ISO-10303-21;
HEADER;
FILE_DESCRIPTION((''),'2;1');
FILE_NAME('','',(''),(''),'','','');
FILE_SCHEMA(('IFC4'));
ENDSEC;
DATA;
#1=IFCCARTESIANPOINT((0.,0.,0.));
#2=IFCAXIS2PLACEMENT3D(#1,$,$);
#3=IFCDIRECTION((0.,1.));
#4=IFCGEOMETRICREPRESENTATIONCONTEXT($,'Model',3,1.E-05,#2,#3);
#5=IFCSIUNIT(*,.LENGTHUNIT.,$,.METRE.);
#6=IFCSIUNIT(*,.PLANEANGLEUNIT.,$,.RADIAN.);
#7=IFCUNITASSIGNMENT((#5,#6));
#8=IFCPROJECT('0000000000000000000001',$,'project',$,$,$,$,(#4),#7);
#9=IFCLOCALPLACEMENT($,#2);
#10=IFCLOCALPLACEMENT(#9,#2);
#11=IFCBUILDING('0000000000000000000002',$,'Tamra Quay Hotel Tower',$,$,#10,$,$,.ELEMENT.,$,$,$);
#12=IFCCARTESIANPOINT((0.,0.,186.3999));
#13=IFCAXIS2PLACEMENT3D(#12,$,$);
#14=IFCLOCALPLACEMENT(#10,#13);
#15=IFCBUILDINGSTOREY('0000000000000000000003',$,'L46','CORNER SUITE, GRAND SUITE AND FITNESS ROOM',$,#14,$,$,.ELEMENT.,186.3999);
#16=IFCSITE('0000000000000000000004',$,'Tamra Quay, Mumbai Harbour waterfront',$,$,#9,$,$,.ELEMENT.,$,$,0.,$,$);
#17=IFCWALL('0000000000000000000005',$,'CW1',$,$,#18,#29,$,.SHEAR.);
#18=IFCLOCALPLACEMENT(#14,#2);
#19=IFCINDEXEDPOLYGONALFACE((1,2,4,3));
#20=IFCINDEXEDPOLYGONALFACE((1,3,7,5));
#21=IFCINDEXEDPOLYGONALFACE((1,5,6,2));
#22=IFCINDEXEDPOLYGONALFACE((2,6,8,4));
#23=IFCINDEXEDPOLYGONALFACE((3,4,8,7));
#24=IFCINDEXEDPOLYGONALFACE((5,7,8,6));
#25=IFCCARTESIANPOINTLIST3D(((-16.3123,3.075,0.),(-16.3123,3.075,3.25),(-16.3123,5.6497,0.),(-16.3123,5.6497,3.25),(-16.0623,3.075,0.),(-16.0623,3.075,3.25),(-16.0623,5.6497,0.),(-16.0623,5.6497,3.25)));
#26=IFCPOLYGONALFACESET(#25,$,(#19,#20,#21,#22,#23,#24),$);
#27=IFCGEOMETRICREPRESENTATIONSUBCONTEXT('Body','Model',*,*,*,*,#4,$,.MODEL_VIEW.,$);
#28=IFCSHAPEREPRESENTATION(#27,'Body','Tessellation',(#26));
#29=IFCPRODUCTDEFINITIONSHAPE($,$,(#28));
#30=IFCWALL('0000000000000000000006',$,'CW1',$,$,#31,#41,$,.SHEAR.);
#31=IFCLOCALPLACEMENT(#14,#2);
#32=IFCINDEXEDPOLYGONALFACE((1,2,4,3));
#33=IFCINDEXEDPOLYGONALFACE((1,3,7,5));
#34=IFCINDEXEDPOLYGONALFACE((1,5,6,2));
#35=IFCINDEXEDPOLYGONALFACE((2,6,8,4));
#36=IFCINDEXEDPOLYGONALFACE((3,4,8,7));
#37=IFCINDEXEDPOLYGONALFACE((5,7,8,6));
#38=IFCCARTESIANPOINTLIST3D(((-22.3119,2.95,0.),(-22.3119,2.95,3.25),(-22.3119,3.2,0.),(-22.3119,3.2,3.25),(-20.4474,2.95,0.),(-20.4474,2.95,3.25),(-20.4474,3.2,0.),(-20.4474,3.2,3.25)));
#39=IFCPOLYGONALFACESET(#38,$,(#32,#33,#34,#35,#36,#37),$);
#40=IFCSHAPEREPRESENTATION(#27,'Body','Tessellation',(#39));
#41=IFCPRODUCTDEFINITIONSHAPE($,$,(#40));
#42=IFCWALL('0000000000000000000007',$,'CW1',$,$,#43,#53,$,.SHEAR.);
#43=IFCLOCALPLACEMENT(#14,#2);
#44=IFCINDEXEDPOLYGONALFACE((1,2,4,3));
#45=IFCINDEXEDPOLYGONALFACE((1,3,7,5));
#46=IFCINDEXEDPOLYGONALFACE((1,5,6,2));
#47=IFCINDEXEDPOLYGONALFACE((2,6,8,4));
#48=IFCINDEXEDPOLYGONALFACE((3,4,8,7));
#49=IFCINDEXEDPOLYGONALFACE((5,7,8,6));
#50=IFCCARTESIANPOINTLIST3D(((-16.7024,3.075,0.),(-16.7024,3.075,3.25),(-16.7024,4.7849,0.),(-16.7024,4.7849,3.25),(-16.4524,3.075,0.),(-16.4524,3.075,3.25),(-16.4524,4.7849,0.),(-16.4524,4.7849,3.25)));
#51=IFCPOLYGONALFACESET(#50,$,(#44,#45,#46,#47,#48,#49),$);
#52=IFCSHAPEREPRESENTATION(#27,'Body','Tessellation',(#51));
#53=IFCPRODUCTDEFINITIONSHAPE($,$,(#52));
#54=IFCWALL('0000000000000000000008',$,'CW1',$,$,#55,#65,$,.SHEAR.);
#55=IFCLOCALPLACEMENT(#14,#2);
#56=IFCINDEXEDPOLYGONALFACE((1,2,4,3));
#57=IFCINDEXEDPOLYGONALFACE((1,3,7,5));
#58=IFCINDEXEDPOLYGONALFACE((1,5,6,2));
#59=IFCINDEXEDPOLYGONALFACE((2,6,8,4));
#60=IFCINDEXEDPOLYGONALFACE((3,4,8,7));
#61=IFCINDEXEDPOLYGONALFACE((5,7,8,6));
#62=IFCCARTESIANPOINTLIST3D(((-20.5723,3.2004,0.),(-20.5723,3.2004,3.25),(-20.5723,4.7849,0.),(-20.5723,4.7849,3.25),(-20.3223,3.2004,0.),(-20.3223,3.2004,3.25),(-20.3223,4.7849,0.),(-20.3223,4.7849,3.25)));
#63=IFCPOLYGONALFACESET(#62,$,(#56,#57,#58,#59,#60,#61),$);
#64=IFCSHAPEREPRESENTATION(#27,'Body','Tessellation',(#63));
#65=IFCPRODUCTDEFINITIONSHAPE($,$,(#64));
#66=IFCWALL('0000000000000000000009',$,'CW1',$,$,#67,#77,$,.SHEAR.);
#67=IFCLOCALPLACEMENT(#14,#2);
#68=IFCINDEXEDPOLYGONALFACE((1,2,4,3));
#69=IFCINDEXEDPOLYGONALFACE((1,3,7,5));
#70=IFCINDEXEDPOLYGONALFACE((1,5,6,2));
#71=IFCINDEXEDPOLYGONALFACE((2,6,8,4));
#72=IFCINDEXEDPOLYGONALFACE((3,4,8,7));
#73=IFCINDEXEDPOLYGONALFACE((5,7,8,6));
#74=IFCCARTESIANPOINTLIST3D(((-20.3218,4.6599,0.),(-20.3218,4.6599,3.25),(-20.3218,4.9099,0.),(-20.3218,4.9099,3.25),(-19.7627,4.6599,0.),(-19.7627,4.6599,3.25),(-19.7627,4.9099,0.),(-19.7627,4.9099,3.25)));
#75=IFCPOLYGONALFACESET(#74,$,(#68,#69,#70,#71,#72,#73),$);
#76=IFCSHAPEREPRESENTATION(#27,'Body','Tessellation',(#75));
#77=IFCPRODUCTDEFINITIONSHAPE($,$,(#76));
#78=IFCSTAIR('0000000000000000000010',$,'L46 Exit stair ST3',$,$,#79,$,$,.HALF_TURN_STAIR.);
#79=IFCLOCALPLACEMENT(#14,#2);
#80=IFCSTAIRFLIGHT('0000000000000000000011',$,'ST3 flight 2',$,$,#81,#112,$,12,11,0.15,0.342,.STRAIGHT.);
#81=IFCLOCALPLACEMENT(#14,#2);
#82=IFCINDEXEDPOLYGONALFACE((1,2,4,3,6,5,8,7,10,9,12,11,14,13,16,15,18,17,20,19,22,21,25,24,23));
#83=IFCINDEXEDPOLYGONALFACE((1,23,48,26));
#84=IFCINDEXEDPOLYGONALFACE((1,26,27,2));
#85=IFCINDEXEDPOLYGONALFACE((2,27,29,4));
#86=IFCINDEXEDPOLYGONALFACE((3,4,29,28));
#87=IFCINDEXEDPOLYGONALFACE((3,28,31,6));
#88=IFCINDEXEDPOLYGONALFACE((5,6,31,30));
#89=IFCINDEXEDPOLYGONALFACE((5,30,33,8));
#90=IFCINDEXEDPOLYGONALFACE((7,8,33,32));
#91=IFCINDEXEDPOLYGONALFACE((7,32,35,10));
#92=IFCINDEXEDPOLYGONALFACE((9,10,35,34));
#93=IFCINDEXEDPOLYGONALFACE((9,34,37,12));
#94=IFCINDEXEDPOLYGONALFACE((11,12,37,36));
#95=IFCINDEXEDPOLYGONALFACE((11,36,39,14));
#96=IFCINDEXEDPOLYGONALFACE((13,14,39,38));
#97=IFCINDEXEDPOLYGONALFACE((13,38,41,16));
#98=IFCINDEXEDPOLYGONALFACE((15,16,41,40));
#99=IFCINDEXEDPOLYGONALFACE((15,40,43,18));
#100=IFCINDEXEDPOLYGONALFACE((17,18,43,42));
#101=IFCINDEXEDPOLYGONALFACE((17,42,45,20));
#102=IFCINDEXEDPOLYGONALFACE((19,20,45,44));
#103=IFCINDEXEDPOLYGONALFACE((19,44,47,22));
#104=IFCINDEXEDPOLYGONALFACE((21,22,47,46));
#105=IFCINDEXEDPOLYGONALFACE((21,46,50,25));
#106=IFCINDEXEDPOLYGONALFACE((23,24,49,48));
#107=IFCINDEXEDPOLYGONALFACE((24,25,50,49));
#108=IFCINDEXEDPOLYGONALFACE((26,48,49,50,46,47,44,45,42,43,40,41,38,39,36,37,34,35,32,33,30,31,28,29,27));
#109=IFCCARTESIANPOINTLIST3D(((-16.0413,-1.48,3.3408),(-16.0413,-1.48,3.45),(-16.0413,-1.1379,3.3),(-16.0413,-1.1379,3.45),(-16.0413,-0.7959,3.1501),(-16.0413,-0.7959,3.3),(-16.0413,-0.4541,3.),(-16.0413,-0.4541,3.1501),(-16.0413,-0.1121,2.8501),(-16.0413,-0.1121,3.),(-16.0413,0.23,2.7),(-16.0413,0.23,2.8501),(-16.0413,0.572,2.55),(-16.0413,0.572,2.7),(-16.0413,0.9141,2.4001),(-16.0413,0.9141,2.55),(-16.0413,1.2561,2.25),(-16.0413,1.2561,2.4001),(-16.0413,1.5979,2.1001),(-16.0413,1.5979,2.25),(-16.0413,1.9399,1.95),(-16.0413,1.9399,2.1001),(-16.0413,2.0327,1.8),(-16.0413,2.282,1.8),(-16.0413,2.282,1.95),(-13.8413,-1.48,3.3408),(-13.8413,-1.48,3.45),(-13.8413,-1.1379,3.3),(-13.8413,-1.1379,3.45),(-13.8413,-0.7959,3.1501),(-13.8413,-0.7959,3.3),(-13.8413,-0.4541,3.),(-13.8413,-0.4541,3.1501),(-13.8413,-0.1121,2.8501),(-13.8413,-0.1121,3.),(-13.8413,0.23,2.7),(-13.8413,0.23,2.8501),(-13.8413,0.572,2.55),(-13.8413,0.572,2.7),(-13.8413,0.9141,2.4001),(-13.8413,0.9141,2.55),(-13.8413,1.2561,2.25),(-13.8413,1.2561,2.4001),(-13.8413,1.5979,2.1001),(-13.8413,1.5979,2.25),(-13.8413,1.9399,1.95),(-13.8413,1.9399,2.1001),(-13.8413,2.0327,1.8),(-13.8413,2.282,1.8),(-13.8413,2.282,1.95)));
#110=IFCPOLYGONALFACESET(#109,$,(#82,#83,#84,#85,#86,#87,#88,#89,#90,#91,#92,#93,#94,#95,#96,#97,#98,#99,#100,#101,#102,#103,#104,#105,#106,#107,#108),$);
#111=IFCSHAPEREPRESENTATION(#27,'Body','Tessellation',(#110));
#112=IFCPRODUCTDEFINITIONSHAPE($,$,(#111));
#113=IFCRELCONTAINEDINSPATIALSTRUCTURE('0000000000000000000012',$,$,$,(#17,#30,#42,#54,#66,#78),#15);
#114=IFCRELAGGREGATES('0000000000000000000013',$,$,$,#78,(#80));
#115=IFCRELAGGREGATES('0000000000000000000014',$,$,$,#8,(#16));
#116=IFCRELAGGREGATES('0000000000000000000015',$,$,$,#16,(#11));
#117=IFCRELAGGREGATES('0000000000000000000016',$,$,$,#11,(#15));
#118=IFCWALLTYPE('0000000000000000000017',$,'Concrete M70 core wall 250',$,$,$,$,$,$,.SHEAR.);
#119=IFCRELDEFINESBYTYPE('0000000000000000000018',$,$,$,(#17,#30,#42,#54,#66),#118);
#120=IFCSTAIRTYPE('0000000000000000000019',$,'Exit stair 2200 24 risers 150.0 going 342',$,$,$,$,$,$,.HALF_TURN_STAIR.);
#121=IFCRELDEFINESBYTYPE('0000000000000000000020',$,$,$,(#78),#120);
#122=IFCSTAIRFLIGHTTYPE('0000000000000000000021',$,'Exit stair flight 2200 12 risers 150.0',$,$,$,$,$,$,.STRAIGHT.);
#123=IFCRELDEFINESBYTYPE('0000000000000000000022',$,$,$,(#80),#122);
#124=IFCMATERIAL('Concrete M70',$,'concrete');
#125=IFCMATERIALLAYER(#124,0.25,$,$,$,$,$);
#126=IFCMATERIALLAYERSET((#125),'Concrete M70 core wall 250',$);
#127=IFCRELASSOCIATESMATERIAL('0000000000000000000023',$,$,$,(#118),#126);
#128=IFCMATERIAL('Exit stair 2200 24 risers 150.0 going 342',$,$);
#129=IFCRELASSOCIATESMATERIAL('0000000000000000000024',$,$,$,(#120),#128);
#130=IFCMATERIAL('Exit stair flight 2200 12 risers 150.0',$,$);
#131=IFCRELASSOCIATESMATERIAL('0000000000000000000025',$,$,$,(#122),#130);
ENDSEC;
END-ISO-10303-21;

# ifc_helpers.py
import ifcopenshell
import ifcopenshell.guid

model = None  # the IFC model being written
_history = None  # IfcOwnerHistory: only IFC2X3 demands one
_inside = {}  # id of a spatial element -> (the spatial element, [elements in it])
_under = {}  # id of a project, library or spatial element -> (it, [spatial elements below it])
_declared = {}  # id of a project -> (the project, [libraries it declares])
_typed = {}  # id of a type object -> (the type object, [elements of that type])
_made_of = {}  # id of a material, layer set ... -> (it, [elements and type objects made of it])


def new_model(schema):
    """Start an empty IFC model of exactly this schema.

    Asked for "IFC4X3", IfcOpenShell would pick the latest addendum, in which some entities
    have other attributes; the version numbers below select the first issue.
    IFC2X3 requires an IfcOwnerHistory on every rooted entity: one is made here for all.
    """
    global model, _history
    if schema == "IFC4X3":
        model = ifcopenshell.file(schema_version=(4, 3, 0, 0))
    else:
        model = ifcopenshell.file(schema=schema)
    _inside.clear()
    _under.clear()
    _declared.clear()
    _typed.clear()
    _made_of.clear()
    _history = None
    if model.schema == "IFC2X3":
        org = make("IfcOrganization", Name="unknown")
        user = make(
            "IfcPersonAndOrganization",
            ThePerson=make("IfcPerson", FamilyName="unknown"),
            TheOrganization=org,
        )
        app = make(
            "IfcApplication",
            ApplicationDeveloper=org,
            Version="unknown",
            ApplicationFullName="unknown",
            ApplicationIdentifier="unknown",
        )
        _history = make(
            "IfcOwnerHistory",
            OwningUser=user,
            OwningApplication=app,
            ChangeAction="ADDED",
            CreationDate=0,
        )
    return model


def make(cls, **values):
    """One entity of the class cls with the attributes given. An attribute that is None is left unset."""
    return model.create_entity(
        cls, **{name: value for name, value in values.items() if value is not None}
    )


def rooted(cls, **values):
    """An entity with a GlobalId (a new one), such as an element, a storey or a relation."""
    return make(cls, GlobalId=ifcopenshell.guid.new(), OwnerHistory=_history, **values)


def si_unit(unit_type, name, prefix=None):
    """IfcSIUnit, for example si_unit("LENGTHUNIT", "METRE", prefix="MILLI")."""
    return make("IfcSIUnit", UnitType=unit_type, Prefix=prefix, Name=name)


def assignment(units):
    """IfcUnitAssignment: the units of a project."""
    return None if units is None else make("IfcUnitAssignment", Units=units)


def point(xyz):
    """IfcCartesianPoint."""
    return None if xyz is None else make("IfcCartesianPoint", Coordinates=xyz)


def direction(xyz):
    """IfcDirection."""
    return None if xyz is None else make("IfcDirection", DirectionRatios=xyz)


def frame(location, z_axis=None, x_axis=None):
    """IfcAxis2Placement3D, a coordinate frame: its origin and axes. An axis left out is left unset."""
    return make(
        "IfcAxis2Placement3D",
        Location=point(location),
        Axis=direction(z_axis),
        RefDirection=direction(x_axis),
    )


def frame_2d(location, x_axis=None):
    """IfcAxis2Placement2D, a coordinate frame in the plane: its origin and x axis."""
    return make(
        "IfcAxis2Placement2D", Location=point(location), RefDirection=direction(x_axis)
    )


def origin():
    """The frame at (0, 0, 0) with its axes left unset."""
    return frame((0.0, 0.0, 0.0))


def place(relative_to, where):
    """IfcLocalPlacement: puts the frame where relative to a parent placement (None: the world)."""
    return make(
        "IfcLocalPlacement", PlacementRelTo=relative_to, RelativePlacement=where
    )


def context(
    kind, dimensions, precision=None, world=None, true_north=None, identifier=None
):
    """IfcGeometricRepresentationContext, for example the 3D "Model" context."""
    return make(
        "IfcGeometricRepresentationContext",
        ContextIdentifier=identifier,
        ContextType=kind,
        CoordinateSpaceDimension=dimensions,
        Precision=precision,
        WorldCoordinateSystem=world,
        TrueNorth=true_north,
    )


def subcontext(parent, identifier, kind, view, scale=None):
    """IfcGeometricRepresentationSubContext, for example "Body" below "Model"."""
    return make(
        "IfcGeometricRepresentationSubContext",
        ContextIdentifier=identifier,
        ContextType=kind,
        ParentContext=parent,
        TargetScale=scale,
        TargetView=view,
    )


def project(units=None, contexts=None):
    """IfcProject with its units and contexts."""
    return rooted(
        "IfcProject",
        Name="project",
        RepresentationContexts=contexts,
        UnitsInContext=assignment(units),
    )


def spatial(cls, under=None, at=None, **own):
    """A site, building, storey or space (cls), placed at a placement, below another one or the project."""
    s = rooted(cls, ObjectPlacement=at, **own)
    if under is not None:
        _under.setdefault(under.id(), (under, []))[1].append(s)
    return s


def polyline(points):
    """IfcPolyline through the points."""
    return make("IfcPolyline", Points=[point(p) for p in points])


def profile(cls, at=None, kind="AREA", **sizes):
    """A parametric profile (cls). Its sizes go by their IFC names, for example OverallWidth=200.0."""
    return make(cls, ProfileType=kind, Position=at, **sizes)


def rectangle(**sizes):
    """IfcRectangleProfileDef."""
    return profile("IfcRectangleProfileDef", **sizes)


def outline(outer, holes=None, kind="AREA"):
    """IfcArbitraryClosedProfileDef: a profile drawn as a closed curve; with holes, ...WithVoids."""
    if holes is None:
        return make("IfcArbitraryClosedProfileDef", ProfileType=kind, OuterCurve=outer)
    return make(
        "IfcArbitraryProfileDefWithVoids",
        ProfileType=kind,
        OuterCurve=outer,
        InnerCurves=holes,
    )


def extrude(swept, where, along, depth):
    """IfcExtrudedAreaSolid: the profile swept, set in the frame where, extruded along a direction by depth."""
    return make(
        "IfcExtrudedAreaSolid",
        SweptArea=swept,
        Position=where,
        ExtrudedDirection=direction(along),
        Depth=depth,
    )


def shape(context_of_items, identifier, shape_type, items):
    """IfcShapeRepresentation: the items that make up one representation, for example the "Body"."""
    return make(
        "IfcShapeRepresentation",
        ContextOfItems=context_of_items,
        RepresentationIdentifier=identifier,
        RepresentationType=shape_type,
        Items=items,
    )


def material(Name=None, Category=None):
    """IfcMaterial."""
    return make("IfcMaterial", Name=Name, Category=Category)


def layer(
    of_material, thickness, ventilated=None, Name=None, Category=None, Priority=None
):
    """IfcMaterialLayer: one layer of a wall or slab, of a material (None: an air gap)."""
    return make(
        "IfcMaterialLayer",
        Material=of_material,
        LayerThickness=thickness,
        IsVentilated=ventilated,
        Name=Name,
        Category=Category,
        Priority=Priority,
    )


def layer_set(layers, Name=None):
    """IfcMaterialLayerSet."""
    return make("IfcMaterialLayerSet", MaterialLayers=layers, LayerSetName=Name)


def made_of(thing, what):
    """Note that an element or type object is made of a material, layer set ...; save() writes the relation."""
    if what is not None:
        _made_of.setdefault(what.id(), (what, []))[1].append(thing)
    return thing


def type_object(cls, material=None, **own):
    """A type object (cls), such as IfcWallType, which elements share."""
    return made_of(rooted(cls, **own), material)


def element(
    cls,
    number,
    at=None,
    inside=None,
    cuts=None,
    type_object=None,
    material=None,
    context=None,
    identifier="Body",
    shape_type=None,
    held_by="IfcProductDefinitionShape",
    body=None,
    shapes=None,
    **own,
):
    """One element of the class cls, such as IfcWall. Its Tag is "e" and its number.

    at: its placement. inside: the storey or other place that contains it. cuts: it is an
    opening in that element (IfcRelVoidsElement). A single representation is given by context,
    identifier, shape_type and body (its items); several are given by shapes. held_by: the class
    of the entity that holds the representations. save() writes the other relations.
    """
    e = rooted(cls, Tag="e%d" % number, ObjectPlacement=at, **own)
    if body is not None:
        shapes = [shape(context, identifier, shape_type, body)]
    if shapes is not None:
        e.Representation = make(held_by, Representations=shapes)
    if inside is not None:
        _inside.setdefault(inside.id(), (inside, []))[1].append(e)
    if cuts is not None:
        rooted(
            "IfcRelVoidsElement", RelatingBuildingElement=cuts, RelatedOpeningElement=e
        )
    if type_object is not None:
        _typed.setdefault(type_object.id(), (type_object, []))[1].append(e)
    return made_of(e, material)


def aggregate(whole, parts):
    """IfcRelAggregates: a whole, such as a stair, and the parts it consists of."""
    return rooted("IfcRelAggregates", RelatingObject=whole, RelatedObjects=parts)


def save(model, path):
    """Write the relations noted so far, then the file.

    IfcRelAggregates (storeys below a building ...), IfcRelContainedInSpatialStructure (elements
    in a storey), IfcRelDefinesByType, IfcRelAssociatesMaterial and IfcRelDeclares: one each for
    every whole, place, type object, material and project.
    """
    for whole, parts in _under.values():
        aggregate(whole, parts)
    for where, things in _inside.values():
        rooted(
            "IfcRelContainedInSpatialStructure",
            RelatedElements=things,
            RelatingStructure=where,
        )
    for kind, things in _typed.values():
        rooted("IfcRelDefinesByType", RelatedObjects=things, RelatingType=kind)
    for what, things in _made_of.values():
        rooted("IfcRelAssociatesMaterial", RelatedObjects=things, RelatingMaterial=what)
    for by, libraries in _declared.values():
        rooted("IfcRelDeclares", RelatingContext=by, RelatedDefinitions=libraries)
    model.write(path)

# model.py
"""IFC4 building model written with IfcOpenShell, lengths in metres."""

from ifc_helpers import new_model, si_unit, direction, frame, frame_2d, origin, place, context, subcontext, project, spatial, polyline, rectangle, outline, extrude, material, layer, layer_set, type_object, element, aggregate, save


model = new_model("IFC4")

# Units and contexts
model_context = context("Model", 3, precision=1e-05, world=origin(), true_north=direction((0.0, 1.0)))
body_context = subcontext(model_context, "Body", "Model", "MODEL_VIEW")
ifc_project = project(units=[si_unit("LENGTHUNIT", "METRE"), si_unit("PLANEANGLEUNIT", "RADIAN")], contexts=[model_context])

# Site, building, storey
site_placement = place(None, origin())
site = spatial("IfcSite", under=ifc_project, at=site_placement, Name="Tamra Quay, Mumbai Harbour waterfront", CompositionType="ELEMENT", RefElevation=0.0)
building_placement = place(site_placement, origin())
building = spatial("IfcBuilding", under=site, at=building_placement, Name="Tamra Quay Hotel Tower", CompositionType="ELEMENT")
storey_placement = place(building_placement, frame((0.0, 0.0, 186.3999)))
storey = spatial("IfcBuildingStorey", under=building, at=storey_placement, Name="L46", Description="CORNER SUITE, GRAND SUITE AND FITNESS ROOM", CompositionType="ELEMENT", Elevation=186.3999)

# Shared definitions
ifc_material_1 = material(Name="Concrete M70", Category="concrete")

# Walls
ifc_layer_1 = layer(ifc_material_1, 0.25)
ifc_layer_set_1 = layer_set([ifc_layer_1], Name="Concrete M70 core wall 250")
wall_type_1 = type_object("IfcWallType", Name="Concrete M70 core wall 250", PredefinedType="SHEAR", material=ifc_layer_set_1)
wall_1_placement = place(storey_placement, frame((-16.1873, 3.075, 0.0), z_axis=(0.0, 0.0, 1.0), x_axis=(0.0, 1.0, 0.0)))
element("IfcWall", 1, at=wall_1_placement, inside=storey, type_object=wall_type_1, Name="CW1", PredefinedType="SHEAR", context=body_context, shape_type="SweptSolid", body=[
    extrude(rectangle(XDim=2.5747, YDim=0.25, at=frame_2d((1.2874, 0.0))), origin(), (0.0, 0.0, 1.0), 3.25),
])
wall_2_placement = place(storey_placement, frame((-22.3118, 3.075, 0.0), z_axis=(0.0, 0.0, 1.0), x_axis=(1.0, 0.0, 0.0)))
element("IfcWall", 2, at=wall_2_placement, inside=storey, type_object=wall_type_1, Name="CW1", PredefinedType="SHEAR", context=body_context, shape_type="SweptSolid", body=[
    extrude(rectangle(XDim=1.8645, YDim=0.25, at=frame_2d((0.9321, 0.0))), origin(), (0.0, 0.0, 1.0), 3.25),
])
wall_3_placement = place(storey_placement, frame((-16.5774, 4.7849, 0.0), z_axis=(0.0, 0.0, 1.0), x_axis=(0.0, -1.0, 0.0)))
element("IfcWall", 3, at=wall_3_placement, inside=storey, type_object=wall_type_1, Name="CW1", PredefinedType="SHEAR", context=body_context, shape_type="SweptSolid", body=[
    extrude(rectangle(XDim=1.71, YDim=0.25, at=frame_2d((0.855, 0.0))), origin(), (0.0, 0.0, 1.0), 3.25),
])
wall_4_placement = place(storey_placement, frame((-20.4473, 3.2004, 0.0), z_axis=(0.0, 0.0, 1.0), x_axis=(0.0, 1.0, 0.0)))
element("IfcWall", 4, at=wall_4_placement, inside=storey, type_object=wall_type_1, Name="CW1", PredefinedType="SHEAR", context=body_context, shape_type="SweptSolid", body=[
    extrude(rectangle(XDim=1.5845, YDim=0.25, at=frame_2d((0.7922, 0.0))), origin(), (0.0, 0.0, 1.0), 3.25),
])
wall_5_placement = place(storey_placement, frame((-20.3218, 4.7849, 0.0), z_axis=(0.0, 0.0, 1.0), x_axis=(1.0, 0.0, 0.0)))
element("IfcWall", 5, at=wall_5_placement, inside=storey, type_object=wall_type_1, Name="CW1", PredefinedType="SHEAR", context=body_context, shape_type="SweptSolid", body=[
    extrude(rectangle(XDim=0.5591, YDim=0.25, at=frame_2d((0.2795, 0.0))), origin(), (0.0, 0.0, 1.0), 3.25),
])

# Stair, stair flight
ifc_material_2 = material(Name="Exit stair 2200 24 risers 150.0 going 342")
stair_type = type_object("IfcStairType", Name="Exit stair 2200 24 risers 150.0 going 342", PredefinedType="HALF_TURN_STAIR", material=ifc_material_2)
stair_placement = place(storey_placement, origin())
stair = element("IfcStair", 6, at=stair_placement, inside=storey, type_object=stair_type, Name="L46 Exit stair ST3", PredefinedType="HALF_TURN_STAIR")
ifc_material_3 = material(Name="Exit stair flight 2200 12 risers 150.0")
stair_flight_type = type_object("IfcStairFlightType", Name="Exit stair flight 2200 12 risers 150.0", PredefinedType="STRAIGHT", material=ifc_material_3)
stair_flight_placement = place(storey_placement, frame((-14.9414, 2.282, 1.8), z_axis=(0.0, 0.0, 1.0), x_axis=(0.0, -1.0, 0.0)))
stair_flight = element("IfcStairFlight", 7, at=stair_flight_placement, type_object=stair_flight_type, Name="ST3 flight 2", NumberOfRisers=12, NumberOfTreads=11, PredefinedType="STRAIGHT", RiserHeight=0.15, TreadLength=0.342, context=body_context, shape_type="SweptSolid", body=[
    extrude(outline(polyline([(0.0, 0.0), (0.0, 0.1499), (0.342, 0.1499), (0.342, 0.3), (0.6841, 0.3), (0.6841, 0.45), (1.0259, 0.45), (1.0259, 0.6001), (1.3679, 0.6001), (1.3679, 0.75), (1.71, 0.75), (1.71, 0.8999), (2.052, 0.8999), (2.052, 1.05), (2.394, 1.05), (2.394, 1.2), (2.7361, 1.2), (2.7361, 1.3501), (3.0779, 1.3501), (3.0779, 1.5), (3.4199, 1.5), (3.4199, 1.6499), (3.762, 1.6499), (3.762, 1.8), (3.762, 1.5408), (0.2493, 0.0), (0.0, 0.0)])), frame((0.0, 1.1001, 0.0), z_axis=(0.0, -1.0, 0.0), x_axis=(1.0, 0.0, 0.0)), (0.0, 0.0, 1.0), 2.2),
])
aggregate(stair, [stair_flight])

save(model, "model.ifc")
